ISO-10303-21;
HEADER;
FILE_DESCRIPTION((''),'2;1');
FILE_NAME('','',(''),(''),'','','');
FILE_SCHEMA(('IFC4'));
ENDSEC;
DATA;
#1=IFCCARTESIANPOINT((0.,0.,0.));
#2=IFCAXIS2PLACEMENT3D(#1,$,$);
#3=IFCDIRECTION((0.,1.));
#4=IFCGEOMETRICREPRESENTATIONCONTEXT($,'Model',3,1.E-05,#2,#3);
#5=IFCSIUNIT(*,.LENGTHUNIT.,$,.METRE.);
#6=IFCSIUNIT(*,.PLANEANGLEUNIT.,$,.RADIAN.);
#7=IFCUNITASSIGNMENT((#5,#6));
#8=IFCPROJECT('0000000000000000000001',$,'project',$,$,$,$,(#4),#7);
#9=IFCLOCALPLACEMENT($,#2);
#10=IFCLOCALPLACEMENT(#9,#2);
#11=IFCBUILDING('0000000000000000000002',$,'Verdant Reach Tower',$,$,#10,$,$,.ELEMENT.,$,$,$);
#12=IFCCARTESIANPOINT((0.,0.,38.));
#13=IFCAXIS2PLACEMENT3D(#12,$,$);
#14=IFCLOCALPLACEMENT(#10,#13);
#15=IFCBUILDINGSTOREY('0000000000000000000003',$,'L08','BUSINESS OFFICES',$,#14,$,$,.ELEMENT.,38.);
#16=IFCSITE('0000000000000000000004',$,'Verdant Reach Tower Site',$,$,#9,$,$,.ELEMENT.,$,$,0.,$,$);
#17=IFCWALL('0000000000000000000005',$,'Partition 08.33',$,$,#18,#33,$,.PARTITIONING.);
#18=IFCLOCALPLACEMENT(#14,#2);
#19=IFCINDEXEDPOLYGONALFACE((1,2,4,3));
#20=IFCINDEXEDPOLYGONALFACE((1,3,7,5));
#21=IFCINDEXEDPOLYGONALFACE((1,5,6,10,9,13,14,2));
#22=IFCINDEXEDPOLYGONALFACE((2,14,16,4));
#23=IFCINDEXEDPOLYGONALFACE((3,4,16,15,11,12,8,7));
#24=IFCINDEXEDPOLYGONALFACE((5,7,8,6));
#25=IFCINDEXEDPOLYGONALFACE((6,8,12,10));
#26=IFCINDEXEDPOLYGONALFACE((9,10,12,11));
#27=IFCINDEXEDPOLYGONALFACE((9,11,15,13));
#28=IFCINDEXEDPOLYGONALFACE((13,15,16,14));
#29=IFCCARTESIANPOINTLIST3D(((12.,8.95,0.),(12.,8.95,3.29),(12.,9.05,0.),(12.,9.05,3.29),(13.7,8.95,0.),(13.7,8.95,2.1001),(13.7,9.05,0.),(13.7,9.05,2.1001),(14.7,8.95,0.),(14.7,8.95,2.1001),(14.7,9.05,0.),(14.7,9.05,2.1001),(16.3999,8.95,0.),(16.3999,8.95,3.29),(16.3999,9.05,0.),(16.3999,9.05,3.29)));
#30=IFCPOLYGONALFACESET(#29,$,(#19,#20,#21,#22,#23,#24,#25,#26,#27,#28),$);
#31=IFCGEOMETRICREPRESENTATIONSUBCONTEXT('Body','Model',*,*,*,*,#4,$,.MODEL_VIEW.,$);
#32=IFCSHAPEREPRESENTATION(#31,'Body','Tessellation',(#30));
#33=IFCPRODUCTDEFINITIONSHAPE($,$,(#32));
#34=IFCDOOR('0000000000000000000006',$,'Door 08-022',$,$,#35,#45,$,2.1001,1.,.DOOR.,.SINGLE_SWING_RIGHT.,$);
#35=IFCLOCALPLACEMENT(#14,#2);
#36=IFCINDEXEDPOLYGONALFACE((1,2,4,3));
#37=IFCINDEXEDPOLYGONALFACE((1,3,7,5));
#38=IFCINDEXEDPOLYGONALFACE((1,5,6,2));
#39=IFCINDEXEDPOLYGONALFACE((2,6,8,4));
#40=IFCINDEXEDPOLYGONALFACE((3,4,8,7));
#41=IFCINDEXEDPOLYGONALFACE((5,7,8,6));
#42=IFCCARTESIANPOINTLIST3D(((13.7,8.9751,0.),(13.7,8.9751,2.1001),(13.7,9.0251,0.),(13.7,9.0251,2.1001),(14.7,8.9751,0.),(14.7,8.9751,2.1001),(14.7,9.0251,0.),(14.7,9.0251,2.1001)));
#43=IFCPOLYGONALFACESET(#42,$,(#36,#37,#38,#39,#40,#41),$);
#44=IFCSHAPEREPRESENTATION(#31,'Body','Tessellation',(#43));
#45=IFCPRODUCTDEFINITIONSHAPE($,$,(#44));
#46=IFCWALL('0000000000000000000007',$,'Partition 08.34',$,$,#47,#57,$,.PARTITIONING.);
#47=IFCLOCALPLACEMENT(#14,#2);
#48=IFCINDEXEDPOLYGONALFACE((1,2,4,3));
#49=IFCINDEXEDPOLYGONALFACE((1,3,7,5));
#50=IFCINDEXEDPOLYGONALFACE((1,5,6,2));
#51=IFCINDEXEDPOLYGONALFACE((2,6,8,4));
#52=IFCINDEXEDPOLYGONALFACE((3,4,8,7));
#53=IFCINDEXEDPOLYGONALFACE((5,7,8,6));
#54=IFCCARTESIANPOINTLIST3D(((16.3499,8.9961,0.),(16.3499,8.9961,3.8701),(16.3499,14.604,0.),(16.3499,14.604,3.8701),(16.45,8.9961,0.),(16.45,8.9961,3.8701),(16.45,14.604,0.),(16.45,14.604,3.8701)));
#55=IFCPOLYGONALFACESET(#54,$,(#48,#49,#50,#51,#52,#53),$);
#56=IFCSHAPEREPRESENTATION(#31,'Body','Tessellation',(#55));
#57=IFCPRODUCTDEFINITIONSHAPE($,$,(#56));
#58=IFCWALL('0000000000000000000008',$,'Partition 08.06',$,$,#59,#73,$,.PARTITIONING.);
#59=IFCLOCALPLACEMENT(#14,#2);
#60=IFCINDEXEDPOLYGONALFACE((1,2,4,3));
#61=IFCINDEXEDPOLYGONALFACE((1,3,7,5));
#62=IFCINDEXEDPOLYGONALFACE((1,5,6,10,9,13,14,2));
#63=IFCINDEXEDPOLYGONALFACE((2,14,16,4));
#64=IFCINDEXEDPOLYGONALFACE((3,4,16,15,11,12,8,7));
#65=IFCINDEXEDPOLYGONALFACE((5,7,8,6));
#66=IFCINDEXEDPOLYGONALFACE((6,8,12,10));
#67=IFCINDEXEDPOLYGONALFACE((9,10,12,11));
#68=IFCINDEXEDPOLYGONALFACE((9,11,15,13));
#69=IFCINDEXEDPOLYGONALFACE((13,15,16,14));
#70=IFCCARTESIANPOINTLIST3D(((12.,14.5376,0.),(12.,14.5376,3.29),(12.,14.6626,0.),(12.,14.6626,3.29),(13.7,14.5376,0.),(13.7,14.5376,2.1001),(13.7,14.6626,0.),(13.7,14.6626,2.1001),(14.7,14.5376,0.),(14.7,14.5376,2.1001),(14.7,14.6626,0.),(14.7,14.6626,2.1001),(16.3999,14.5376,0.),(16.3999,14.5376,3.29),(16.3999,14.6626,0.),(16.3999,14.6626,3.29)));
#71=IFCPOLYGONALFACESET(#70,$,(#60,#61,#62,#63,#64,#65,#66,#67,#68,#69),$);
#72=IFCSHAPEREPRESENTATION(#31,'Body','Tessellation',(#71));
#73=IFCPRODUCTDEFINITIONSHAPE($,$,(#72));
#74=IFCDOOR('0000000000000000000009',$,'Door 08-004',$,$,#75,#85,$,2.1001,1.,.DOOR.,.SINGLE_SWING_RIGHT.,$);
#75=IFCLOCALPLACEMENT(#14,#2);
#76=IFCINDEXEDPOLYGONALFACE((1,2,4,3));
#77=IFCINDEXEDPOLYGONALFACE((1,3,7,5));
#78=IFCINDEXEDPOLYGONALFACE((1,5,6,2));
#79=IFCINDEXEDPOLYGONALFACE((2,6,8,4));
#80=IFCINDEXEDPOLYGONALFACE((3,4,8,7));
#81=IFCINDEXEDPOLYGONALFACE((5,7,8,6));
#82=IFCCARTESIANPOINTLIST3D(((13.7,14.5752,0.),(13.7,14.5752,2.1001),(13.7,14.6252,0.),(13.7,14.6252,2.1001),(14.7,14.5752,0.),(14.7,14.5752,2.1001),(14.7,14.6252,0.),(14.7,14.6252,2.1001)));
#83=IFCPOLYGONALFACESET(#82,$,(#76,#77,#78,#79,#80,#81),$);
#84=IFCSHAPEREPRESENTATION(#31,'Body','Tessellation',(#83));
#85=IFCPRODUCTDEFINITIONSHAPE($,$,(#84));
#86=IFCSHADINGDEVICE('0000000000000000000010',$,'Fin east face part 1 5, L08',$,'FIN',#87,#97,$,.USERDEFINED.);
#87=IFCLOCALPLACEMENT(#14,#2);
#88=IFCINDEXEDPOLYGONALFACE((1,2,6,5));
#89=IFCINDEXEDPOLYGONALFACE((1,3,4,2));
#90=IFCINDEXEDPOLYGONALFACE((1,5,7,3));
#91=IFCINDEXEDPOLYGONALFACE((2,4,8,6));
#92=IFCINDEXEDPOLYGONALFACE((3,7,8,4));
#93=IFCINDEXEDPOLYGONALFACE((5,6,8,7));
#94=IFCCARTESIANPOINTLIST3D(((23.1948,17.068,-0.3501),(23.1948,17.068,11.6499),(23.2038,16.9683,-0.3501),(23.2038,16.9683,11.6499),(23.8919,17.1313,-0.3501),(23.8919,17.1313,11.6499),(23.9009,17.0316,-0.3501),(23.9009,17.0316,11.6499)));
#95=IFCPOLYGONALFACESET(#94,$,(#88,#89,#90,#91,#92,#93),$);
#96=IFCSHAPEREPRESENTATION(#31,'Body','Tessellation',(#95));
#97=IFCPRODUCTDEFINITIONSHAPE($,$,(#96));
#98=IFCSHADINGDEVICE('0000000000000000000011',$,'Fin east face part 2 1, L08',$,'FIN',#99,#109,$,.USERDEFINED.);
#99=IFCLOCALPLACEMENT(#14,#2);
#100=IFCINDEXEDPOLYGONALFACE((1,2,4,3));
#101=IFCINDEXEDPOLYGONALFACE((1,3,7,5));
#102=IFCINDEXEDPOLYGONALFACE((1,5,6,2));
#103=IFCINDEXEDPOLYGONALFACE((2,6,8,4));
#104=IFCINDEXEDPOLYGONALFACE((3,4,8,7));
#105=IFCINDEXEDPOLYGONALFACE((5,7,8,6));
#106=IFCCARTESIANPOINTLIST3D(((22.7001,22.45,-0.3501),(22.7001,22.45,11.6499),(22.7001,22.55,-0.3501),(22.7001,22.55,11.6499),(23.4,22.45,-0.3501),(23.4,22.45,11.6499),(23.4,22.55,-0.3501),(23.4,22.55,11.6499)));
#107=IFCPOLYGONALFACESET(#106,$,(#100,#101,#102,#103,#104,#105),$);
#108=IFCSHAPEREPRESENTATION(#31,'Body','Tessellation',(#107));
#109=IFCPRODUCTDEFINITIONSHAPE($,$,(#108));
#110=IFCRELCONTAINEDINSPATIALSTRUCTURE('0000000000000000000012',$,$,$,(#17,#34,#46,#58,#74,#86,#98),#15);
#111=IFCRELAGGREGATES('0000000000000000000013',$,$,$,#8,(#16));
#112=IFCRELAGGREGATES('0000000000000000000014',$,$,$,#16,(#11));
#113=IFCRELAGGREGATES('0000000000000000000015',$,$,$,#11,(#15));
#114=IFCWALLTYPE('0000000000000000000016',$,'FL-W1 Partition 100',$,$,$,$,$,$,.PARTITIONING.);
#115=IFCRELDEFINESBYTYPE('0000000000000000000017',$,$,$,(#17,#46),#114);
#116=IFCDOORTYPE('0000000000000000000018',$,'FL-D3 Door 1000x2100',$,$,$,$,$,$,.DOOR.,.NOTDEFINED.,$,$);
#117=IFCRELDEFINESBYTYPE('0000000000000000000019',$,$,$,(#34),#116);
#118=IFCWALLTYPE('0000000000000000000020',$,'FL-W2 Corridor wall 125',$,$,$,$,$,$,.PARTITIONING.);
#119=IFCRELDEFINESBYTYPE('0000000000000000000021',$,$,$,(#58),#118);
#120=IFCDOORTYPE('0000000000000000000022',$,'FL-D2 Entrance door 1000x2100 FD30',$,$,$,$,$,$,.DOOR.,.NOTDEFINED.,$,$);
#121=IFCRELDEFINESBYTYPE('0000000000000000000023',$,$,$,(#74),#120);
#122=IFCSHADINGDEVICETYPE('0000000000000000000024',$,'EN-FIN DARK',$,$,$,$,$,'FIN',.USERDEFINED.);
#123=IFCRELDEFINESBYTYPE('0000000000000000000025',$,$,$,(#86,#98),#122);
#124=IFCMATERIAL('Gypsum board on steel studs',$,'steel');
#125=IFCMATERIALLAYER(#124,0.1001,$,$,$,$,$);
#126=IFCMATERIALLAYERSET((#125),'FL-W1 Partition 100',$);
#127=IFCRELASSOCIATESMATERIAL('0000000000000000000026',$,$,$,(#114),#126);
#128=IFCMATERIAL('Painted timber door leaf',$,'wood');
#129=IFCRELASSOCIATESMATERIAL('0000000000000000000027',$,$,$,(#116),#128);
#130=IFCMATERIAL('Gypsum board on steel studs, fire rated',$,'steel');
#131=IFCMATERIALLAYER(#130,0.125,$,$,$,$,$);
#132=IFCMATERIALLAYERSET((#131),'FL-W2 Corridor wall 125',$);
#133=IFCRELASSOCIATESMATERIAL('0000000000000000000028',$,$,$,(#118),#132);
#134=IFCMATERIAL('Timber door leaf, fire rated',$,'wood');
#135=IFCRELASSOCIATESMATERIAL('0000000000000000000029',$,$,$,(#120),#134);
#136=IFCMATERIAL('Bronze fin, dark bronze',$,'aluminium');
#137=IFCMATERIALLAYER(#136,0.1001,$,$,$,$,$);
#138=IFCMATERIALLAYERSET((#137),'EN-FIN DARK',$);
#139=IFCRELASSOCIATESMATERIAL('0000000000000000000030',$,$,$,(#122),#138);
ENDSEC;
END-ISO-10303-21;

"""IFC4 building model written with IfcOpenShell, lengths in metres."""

from ifc_helpers import new_model, si_unit, direction, frame, frame_2d, origin, origin_2d, place, context, subcontext, project, spatial, rectangle, extrude, material, layer, layer_set, type_object, element, fill, save


model = new_model("IFC4")

# Units and contexts
model_context = context("Model", 3, precision=1e-05, world=origin(), true_north=direction((0.0, 1.0)))
body_context = subcontext(model_context, "Body", "Model", "MODEL_VIEW")
ifc_project = project(units=[si_unit("LENGTHUNIT", "METRE"), si_unit("PLANEANGLEUNIT", "RADIAN")], contexts=[model_context])

# Site, building, storey
site_placement = place(None, origin())
site = spatial("IfcSite", under=ifc_project, at=site_placement, Name="Verdant Reach Tower Site", CompositionType="ELEMENT", RefElevation=0.0)
building_placement = place(site_placement, origin())
building = spatial("IfcBuilding", under=site, at=building_placement, Name="Verdant Reach Tower", CompositionType="ELEMENT")
storey_placement = place(building_placement, frame((0.0, 0.0, 38.0)))
storey = spatial("IfcBuildingStorey", under=building, at=storey_placement, Name="L08", Description="BUSINESS OFFICES", CompositionType="ELEMENT", Elevation=38.0)

# Wall, opening, door
ifc_material_1 = material(Name="Gypsum board on steel studs", Category="steel")
ifc_layer_1 = layer(ifc_material_1, 0.1001)
ifc_layer_set_1 = layer_set([ifc_layer_1], Name="FL-W1 Partition 100")
wall_type_1 = type_object("IfcWallType", Name="FL-W1 Partition 100", PredefinedType="PARTITIONING", material=ifc_layer_set_1)
wall_1_placement = place(storey_placement, frame((16.3999, 9.0, 0.0), z_axis=(0.0, 0.0, 1.0), x_axis=(-1.0, 0.0, 0.0)))
wall_1 = element("IfcWall", 1, at=wall_1_placement, inside=storey, type_object=wall_type_1, Name="Partition 08.33", PredefinedType="PARTITIONING", context=body_context, shape_type="SweptSolid", body=[
    extrude(rectangle(XDim=4.3999, YDim=0.1001, at=frame_2d((2.2, 0.0))), origin(), (0.0, 0.0, 1.0), 3.29),
])
opening_1_placement = place(wall_1_placement, frame((1.7, 0.0, 0.0)))
opening_1 = element("IfcOpeningElement", 2, at=opening_1_placement, cuts=wall_1, PredefinedType="OPENING", context=body_context, shape_type="SweptSolid", body=[
    extrude(rectangle(XDim=1.0, YDim=2.1001, at=frame_2d((0.5, 1.05))), frame((0.0, 0.0601, 0.0), z_axis=(0.0, -1.0, 0.0), x_axis=(1.0, 0.0, 0.0)), (0.0, 0.0, 1.0), 0.1201),
])
ifc_material_2 = material(Name="Painted timber door leaf", Category="wood")
door_type_1 = type_object("IfcDoorType", Name="FL-D3 Door 1000x2100", OperationType="NOTDEFINED", PredefinedType="DOOR", material=ifc_material_2)
door_1_placement = place(opening_1_placement, origin())
door_1 = element("IfcDoor", 3, at=door_1_placement, inside=storey, type_object=door_type_1, Name="Door 08-022", OperationType="SINGLE_SWING_RIGHT", OverallHeight=2.1001, OverallWidth=1.0, PredefinedType="DOOR", context=body_context, shape_type="SweptSolid", body=[
    extrude(rectangle(XDim=1.0, YDim=2.1001, at=frame_2d((0.5, 1.05))), frame((0.0, 0.0249, 0.0), z_axis=(0.0, -1.0, 0.0), x_axis=(1.0, 0.0, 0.0)), (0.0, 0.0, 1.0), 0.05),
])
fill(opening_1, door_1)

# Wall
wall_2_placement = place(storey_placement, frame((16.3999, 8.9961, 0.0), z_axis=(0.0, 0.0, 1.0), x_axis=(0.0, 1.0, 0.0)))
element("IfcWall", 4, at=wall_2_placement, inside=storey, type_object=wall_type_1, Name="Partition 08.34", PredefinedType="PARTITIONING", context=body_context, shape_type="SweptSolid", body=[
    extrude(rectangle(XDim=5.6079, YDim=0.1001, at=frame_2d((2.804, 0.0))), origin(), (0.0, 0.0, 1.0), 3.8701),
])

# Wall, opening, door
ifc_material_3 = material(Name="Gypsum board on steel studs, fire rated", Category="steel")
ifc_layer_2 = layer(ifc_material_3, 0.125)
ifc_layer_set_2 = layer_set([ifc_layer_2], Name="FL-W2 Corridor wall 125")
wall_type_2 = type_object("IfcWallType", Name="FL-W2 Corridor wall 125", PredefinedType="PARTITIONING", material=ifc_layer_set_2)
wall_3_placement = place(storey_placement, frame((16.3999, 14.6001, 0.0), z_axis=(0.0, 0.0, 1.0), x_axis=(-1.0, 0.0, 0.0)))
wall_3 = element("IfcWall", 5, at=wall_3_placement, inside=storey, type_object=wall_type_2, Name="Partition 08.06", PredefinedType="PARTITIONING", context=body_context, shape_type="SweptSolid", body=[
    extrude(rectangle(XDim=4.3999, YDim=0.125, at=frame_2d((2.2, 0.0))), origin(), (0.0, 0.0, 1.0), 3.29),
])
opening_2_placement = place(wall_3_placement, frame((1.7, 0.0, 0.0)))
opening_2 = element("IfcOpeningElement", 6, at=opening_2_placement, cuts=wall_3, PredefinedType="OPENING", context=body_context, shape_type="SweptSolid", body=[
    extrude(rectangle(XDim=1.0, YDim=2.1001, at=frame_2d((0.5, 1.05))), frame((0.0, 0.0725, 0.0), z_axis=(0.0, -1.0, 0.0), x_axis=(1.0, 0.0, 0.0)), (0.0, 0.0, 1.0), 0.145),
])
ifc_material_4 = material(Name="Timber door leaf, fire rated", Category="wood")
door_type_2 = type_object("IfcDoorType", Name="FL-D2 Entrance door 1000x2100 FD30", OperationType="NOTDEFINED", PredefinedType="DOOR", material=ifc_material_4)
door_2_placement = place(opening_2_placement, origin())
door_2 = element("IfcDoor", 7, at=door_2_placement, inside=storey, type_object=door_type_2, Name="Door 08-004", OperationType="SINGLE_SWING_RIGHT", OverallHeight=2.1001, OverallWidth=1.0, PredefinedType="DOOR", context=body_context, shape_type="SweptSolid", body=[
    extrude(rectangle(XDim=1.0, YDim=2.1001, at=frame_2d((0.5, 1.05))), frame((0.0, 0.0249, 0.0), z_axis=(0.0, -1.0, 0.0), x_axis=(1.0, 0.0, 0.0)), (0.0, 0.0, 1.0), 0.05),
])
fill(opening_2, door_2)

# Shading devices
ifc_material_5 = material(Name="Bronze fin, dark bronze", Category="aluminium")
ifc_layer_3 = layer(ifc_material_5, 0.1001)
ifc_layer_set_3 = layer_set([ifc_layer_3], Name="EN-FIN DARK")
shading_device_type = type_object("IfcShadingDeviceType", Name="EN-FIN DARK", ElementType="FIN", PredefinedType="USERDEFINED", material=ifc_layer_set_3)
for number, where, z_axis, x_axis, name in (
    (8, (23.5479, 17.0498, -0.3501), (0.0, 0.0, 1.0), (-0.090536, 0.995893, 0.0), "Fin east face part 1 5, L08"),
    (9, (23.05, 22.5, -0.3501), (0.0, 0.0, 1.0), (0.0, 1.0, 0.0), "Fin east face part 2 1, L08"),
):
    element("IfcShadingDevice", number, at=place(storey_placement, frame(where, z_axis=z_axis, x_axis=x_axis)), inside=storey, type_object=shading_device_type, Name=name, ObjectType="FIN", PredefinedType="USERDEFINED", context=body_context, shape_type="SweptSolid", body=[
        extrude(rectangle(XDim=0.1001, YDim=0.7, at=origin_2d()), origin(), (0.0, 0.0, 1.0), 12.0),
    ])

save(model, "model.ifc")
